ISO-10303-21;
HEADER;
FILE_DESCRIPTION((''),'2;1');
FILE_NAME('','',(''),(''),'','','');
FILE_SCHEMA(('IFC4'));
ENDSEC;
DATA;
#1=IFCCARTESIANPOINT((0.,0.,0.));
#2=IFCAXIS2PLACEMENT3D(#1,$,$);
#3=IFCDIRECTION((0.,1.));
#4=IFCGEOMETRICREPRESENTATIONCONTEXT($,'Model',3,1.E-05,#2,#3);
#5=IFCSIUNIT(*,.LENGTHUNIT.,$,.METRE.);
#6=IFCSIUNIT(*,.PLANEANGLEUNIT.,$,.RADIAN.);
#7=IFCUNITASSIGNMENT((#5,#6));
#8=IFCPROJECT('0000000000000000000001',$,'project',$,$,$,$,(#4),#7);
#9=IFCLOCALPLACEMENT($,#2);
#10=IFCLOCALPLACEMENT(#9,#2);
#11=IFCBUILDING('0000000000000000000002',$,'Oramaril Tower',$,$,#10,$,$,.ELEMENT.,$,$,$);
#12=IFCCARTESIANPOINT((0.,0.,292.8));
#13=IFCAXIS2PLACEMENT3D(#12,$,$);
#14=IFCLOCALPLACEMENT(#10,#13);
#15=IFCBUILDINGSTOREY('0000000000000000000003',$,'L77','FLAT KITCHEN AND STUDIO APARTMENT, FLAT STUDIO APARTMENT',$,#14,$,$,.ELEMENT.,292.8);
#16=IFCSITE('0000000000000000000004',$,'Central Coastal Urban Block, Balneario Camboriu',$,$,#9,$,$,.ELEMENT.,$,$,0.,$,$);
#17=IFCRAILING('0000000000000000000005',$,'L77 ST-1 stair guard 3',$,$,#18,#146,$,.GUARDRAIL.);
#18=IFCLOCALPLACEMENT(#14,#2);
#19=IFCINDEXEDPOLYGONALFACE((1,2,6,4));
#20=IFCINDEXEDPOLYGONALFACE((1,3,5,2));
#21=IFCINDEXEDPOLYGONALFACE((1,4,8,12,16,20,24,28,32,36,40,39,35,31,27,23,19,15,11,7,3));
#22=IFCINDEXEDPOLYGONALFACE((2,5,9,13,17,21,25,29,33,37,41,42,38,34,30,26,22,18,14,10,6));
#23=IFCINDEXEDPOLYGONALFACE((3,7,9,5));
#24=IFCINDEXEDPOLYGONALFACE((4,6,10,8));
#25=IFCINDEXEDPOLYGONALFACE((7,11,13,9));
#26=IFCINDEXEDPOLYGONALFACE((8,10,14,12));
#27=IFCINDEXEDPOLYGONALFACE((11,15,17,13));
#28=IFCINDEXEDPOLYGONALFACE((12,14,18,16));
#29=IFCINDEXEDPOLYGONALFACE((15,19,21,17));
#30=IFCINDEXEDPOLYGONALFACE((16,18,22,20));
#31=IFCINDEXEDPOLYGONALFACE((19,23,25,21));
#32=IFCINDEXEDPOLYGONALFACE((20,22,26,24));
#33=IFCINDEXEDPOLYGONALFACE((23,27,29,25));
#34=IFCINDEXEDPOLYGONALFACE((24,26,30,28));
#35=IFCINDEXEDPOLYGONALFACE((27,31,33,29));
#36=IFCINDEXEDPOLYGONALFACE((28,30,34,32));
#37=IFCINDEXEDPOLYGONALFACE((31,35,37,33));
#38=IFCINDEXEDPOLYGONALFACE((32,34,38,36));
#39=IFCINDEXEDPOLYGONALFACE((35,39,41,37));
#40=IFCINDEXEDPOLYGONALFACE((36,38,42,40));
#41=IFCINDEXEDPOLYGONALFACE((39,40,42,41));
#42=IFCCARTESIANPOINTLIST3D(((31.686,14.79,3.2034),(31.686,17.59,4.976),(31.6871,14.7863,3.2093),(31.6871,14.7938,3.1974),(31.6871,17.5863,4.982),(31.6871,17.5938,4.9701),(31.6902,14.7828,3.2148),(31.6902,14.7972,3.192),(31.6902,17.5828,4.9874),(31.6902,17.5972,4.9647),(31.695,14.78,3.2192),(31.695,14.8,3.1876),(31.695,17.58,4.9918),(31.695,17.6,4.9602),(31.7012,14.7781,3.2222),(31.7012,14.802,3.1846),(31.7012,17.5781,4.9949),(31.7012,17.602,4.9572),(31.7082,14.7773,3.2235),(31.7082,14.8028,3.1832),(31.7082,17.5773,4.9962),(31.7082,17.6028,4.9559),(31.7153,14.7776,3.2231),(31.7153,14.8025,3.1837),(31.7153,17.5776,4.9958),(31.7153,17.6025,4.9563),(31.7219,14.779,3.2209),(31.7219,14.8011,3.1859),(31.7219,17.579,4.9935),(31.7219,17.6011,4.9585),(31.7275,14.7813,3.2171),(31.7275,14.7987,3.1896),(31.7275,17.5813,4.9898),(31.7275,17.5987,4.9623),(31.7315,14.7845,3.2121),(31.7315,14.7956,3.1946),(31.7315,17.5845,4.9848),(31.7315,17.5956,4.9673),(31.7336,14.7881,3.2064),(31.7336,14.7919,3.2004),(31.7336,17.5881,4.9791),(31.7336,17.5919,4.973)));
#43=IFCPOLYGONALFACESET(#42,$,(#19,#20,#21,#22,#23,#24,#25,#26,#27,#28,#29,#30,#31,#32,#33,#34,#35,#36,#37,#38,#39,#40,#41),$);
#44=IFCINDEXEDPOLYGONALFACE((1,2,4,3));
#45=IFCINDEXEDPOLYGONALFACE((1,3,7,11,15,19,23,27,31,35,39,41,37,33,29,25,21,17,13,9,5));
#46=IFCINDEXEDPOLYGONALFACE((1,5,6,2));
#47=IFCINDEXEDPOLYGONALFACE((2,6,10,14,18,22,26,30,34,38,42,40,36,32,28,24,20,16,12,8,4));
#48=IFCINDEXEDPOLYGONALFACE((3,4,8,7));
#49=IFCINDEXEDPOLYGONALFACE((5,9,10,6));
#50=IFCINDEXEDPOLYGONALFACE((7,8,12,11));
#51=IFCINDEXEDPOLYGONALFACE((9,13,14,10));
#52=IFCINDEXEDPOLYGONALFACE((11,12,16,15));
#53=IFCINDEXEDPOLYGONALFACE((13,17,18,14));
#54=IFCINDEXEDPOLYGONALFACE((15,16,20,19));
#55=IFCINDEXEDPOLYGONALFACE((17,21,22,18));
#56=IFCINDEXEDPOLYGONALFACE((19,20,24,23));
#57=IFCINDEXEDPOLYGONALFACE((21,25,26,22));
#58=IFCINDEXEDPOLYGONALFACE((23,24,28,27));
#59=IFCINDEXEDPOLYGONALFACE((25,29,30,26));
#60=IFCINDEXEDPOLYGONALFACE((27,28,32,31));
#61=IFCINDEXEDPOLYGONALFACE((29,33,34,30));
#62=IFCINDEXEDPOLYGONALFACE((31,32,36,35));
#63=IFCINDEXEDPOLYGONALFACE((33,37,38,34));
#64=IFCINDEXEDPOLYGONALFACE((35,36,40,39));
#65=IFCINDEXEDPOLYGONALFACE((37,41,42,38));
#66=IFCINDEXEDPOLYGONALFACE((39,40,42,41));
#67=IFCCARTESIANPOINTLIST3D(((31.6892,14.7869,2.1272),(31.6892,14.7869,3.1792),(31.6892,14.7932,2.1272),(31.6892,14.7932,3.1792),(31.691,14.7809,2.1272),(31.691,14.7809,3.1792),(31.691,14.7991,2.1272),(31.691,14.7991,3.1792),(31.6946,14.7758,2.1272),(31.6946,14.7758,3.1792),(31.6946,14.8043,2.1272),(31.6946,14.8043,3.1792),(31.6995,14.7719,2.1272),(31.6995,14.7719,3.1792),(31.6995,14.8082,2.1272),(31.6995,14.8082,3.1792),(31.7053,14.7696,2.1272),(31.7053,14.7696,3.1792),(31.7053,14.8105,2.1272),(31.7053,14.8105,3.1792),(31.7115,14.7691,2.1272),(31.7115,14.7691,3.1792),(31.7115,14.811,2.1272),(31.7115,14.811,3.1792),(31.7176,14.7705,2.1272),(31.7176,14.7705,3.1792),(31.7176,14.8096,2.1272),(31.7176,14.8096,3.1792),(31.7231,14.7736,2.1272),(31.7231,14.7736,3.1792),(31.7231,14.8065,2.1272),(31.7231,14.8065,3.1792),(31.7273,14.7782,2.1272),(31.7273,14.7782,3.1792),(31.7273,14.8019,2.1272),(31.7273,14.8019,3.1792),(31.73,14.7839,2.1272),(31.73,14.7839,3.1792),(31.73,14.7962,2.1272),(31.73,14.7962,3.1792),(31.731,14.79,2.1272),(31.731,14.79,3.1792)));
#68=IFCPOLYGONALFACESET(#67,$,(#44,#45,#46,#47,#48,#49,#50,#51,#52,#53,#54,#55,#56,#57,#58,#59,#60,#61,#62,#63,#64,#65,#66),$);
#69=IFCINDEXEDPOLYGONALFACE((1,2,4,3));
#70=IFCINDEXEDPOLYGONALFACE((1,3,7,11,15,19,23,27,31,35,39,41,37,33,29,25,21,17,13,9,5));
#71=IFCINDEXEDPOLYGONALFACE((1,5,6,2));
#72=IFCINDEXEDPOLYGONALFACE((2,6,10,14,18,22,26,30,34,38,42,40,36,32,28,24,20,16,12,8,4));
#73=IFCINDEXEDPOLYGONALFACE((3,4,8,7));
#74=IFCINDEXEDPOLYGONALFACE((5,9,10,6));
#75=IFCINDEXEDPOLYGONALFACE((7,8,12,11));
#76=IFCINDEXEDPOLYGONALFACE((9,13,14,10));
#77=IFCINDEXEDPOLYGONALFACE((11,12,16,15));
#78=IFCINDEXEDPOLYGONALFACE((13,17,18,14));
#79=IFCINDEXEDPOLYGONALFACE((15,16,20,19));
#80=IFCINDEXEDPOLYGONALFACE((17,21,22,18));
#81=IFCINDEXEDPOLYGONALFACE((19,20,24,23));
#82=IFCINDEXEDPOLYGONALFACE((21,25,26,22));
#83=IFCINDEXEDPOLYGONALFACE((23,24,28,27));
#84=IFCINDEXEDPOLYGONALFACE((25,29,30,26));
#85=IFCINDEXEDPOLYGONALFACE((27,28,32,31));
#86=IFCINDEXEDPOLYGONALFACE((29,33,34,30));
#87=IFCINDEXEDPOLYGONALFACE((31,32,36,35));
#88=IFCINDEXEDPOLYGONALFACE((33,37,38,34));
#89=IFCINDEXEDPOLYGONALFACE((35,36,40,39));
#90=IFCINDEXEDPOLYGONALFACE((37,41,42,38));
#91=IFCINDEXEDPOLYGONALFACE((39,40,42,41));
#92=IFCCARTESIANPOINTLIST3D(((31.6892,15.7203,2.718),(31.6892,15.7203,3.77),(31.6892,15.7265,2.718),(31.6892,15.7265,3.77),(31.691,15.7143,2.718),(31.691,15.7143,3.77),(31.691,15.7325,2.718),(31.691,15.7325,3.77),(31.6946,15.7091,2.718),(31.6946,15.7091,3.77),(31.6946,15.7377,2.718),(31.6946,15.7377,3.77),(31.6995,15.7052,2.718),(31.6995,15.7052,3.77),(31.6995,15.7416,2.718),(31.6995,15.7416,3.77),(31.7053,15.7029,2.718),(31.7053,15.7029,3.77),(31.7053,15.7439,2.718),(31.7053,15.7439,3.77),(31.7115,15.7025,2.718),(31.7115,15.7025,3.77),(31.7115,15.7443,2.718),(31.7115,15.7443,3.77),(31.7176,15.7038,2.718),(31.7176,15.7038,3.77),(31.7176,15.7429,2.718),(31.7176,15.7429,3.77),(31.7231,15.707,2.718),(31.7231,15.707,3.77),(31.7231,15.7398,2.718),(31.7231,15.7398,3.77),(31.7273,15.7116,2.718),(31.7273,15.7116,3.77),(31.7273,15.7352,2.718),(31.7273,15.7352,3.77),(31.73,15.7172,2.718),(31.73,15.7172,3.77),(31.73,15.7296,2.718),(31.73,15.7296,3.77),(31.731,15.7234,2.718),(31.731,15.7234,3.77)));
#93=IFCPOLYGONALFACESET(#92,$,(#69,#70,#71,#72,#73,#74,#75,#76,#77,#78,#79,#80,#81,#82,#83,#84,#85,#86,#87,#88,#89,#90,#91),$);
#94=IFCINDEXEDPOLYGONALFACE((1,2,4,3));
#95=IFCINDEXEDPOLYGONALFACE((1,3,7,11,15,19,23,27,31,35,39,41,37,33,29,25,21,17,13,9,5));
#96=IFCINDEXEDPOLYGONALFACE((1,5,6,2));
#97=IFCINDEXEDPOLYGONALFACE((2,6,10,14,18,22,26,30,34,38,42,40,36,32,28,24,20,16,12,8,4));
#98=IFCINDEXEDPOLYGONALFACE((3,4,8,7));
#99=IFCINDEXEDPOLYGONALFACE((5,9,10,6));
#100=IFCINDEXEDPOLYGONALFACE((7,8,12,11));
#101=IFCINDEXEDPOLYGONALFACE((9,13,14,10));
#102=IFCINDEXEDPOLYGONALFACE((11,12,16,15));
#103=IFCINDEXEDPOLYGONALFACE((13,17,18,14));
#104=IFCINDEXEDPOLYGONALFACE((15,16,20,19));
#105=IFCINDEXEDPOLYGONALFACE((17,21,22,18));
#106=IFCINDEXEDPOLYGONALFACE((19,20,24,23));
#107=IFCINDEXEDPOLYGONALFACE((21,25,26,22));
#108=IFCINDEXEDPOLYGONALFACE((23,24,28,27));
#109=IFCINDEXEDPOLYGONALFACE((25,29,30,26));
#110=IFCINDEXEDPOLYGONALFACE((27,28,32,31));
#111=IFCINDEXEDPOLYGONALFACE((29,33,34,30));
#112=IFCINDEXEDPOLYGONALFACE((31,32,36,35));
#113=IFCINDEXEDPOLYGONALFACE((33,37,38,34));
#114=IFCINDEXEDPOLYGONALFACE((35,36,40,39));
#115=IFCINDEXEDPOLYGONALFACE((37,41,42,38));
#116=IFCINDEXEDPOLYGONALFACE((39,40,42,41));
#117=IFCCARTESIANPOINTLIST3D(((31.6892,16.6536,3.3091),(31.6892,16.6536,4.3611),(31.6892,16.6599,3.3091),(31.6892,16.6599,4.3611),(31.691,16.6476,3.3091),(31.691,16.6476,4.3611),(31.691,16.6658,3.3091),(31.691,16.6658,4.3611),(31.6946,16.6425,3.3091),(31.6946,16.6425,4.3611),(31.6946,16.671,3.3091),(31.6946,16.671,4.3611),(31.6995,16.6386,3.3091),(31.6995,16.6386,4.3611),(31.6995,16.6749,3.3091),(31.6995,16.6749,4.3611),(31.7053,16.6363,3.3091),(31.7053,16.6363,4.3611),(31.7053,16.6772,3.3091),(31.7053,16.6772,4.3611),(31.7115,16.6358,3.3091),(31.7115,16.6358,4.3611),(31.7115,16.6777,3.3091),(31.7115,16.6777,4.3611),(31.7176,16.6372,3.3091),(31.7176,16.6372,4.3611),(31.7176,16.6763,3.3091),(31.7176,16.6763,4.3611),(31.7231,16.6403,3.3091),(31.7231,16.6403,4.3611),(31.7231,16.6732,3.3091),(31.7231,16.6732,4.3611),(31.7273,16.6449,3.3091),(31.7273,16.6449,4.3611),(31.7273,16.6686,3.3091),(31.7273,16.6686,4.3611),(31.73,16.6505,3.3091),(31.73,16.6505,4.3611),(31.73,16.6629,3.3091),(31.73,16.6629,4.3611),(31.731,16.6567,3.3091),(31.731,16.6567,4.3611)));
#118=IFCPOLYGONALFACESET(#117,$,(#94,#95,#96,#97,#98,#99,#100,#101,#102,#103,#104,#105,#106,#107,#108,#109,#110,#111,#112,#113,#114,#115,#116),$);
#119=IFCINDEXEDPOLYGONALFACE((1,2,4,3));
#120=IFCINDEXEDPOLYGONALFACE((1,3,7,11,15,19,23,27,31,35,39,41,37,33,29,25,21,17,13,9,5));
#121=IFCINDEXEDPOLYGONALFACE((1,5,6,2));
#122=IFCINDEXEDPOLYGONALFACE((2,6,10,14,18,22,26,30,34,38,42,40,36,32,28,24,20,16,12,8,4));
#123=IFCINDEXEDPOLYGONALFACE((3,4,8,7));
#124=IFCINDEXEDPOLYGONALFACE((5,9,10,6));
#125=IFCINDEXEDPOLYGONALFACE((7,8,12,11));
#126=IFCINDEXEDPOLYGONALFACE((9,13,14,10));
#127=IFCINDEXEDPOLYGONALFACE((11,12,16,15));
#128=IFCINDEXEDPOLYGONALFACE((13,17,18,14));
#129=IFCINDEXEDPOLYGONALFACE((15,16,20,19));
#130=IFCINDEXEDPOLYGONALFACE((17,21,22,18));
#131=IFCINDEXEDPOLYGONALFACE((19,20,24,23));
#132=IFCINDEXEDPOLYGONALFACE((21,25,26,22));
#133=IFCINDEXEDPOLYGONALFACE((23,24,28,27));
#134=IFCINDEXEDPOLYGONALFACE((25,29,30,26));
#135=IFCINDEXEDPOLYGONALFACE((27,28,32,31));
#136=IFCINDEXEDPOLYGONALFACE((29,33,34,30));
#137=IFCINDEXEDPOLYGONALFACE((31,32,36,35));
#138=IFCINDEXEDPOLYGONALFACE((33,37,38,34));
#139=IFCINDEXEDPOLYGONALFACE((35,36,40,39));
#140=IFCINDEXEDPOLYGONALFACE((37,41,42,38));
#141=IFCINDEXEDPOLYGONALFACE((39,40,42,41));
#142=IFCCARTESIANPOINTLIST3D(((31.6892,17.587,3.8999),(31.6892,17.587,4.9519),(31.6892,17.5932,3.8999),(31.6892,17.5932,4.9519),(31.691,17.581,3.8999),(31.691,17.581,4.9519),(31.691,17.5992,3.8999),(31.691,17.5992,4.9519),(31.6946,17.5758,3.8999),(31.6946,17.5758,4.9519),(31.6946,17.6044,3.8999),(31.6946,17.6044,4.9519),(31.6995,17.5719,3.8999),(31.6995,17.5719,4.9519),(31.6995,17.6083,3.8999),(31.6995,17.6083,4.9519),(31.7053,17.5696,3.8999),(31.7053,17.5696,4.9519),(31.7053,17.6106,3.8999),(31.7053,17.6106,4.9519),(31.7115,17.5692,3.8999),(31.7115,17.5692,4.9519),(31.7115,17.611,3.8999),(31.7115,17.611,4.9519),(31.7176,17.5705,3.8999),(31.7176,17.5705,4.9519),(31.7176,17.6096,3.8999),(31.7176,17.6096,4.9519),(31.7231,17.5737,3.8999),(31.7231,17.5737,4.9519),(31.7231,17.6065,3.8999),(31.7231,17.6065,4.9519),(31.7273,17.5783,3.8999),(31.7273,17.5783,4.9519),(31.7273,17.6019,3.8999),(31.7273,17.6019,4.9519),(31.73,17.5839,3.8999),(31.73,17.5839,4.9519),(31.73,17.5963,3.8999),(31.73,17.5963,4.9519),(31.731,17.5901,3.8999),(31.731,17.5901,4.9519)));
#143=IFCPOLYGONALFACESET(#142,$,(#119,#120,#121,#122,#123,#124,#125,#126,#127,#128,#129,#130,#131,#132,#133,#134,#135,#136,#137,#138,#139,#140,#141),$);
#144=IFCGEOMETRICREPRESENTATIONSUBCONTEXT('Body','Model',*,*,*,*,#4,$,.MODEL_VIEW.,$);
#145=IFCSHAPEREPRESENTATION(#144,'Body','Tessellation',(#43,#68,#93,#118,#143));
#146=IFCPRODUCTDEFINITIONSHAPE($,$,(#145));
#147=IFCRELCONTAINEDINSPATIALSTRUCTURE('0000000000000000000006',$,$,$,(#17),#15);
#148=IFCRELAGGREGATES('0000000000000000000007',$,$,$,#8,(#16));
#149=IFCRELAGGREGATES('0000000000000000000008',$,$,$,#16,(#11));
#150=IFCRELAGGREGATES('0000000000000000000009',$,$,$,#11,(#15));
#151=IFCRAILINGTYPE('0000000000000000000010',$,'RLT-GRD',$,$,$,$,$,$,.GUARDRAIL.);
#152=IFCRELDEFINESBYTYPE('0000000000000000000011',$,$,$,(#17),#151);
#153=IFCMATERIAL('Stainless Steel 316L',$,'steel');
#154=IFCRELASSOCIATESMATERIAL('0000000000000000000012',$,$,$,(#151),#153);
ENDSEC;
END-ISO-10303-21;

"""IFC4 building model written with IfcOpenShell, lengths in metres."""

from ifc_helpers import new_model, si_unit, direction, frame, origin, origin_2d, place, context, subcontext, project, spatial, circle, extrude, material, type_object, element, save


model = new_model("IFC4")

# Units and contexts
model_context = context("Model", 3, precision=1e-05, world=origin(), true_north=direction((0.0, 1.0)))
body_context = subcontext(model_context, "Body", "Model", "MODEL_VIEW")
ifc_project = project(units=[si_unit("LENGTHUNIT", "METRE"), si_unit("PLANEANGLEUNIT", "RADIAN")], contexts=[model_context])

# Site, building, storey
site_placement = place(None, origin())
site = spatial("IfcSite", under=ifc_project, at=site_placement, Name="Central Coastal Urban Block, Balneario Camboriu", CompositionType="ELEMENT", RefElevation=0.0)
building_placement = place(site_placement, origin())
building = spatial("IfcBuilding", under=site, at=building_placement, Name="Oramaril Tower", CompositionType="ELEMENT")
storey_placement = place(building_placement, frame((0.0, 0.0, 292.8)))
storey = spatial("IfcBuildingStorey", under=building, at=storey_placement, Name="L77", Description="FLAT KITCHEN AND STUDIO APARTMENT, FLAT STUDIO APARTMENT", CompositionType="ELEMENT", Elevation=292.8)

# Railing
ifc_material_1 = material(Name="Stainless Steel 316L", Category="steel")
railing_type_1 = type_object("IfcRailingType", Name="RLT-GRD", PredefinedType="GUARDRAIL", material=ifc_material_1)
railing_1_placement = place(storey_placement, frame((31.71, 14.79, 2.1272)))
element("IfcRailing", 1, at=railing_1_placement, inside=storey, type_object=railing_type_1, Name="L77 ST-1 stair guard 3", PredefinedType="GUARDRAIL", context=body_context, shape_type="SweptSolid", body=[
    extrude(circle(Radius=0.0239, at=origin_2d()), frame((0.0, 0.0, 1.0762), z_axis=(0.0, 0.844909, 0.53491), x_axis=(-1.0, 0.0, 0.0)), (0.0, 0.0, 1.0), 3.314),
    extrude(circle(Radius=0.021, at=origin_2d()), origin(), (0.0, 0.0, 1.0), 1.052),
    extrude(circle(Radius=0.021, at=origin_2d()), frame((0.0, 0.9333, 0.5908)), (0.0, 0.0, 1.0), 1.052),
    extrude(circle(Radius=0.021, at=origin_2d()), frame((0.0, 1.8667, 1.1819)), (0.0, 0.0, 1.0), 1.052),
    extrude(circle(Radius=0.021, at=origin_2d()), frame((0.0, 2.8, 1.7727)), (0.0, 0.0, 1.0), 1.052),
])

save(model, "model.ifc")
